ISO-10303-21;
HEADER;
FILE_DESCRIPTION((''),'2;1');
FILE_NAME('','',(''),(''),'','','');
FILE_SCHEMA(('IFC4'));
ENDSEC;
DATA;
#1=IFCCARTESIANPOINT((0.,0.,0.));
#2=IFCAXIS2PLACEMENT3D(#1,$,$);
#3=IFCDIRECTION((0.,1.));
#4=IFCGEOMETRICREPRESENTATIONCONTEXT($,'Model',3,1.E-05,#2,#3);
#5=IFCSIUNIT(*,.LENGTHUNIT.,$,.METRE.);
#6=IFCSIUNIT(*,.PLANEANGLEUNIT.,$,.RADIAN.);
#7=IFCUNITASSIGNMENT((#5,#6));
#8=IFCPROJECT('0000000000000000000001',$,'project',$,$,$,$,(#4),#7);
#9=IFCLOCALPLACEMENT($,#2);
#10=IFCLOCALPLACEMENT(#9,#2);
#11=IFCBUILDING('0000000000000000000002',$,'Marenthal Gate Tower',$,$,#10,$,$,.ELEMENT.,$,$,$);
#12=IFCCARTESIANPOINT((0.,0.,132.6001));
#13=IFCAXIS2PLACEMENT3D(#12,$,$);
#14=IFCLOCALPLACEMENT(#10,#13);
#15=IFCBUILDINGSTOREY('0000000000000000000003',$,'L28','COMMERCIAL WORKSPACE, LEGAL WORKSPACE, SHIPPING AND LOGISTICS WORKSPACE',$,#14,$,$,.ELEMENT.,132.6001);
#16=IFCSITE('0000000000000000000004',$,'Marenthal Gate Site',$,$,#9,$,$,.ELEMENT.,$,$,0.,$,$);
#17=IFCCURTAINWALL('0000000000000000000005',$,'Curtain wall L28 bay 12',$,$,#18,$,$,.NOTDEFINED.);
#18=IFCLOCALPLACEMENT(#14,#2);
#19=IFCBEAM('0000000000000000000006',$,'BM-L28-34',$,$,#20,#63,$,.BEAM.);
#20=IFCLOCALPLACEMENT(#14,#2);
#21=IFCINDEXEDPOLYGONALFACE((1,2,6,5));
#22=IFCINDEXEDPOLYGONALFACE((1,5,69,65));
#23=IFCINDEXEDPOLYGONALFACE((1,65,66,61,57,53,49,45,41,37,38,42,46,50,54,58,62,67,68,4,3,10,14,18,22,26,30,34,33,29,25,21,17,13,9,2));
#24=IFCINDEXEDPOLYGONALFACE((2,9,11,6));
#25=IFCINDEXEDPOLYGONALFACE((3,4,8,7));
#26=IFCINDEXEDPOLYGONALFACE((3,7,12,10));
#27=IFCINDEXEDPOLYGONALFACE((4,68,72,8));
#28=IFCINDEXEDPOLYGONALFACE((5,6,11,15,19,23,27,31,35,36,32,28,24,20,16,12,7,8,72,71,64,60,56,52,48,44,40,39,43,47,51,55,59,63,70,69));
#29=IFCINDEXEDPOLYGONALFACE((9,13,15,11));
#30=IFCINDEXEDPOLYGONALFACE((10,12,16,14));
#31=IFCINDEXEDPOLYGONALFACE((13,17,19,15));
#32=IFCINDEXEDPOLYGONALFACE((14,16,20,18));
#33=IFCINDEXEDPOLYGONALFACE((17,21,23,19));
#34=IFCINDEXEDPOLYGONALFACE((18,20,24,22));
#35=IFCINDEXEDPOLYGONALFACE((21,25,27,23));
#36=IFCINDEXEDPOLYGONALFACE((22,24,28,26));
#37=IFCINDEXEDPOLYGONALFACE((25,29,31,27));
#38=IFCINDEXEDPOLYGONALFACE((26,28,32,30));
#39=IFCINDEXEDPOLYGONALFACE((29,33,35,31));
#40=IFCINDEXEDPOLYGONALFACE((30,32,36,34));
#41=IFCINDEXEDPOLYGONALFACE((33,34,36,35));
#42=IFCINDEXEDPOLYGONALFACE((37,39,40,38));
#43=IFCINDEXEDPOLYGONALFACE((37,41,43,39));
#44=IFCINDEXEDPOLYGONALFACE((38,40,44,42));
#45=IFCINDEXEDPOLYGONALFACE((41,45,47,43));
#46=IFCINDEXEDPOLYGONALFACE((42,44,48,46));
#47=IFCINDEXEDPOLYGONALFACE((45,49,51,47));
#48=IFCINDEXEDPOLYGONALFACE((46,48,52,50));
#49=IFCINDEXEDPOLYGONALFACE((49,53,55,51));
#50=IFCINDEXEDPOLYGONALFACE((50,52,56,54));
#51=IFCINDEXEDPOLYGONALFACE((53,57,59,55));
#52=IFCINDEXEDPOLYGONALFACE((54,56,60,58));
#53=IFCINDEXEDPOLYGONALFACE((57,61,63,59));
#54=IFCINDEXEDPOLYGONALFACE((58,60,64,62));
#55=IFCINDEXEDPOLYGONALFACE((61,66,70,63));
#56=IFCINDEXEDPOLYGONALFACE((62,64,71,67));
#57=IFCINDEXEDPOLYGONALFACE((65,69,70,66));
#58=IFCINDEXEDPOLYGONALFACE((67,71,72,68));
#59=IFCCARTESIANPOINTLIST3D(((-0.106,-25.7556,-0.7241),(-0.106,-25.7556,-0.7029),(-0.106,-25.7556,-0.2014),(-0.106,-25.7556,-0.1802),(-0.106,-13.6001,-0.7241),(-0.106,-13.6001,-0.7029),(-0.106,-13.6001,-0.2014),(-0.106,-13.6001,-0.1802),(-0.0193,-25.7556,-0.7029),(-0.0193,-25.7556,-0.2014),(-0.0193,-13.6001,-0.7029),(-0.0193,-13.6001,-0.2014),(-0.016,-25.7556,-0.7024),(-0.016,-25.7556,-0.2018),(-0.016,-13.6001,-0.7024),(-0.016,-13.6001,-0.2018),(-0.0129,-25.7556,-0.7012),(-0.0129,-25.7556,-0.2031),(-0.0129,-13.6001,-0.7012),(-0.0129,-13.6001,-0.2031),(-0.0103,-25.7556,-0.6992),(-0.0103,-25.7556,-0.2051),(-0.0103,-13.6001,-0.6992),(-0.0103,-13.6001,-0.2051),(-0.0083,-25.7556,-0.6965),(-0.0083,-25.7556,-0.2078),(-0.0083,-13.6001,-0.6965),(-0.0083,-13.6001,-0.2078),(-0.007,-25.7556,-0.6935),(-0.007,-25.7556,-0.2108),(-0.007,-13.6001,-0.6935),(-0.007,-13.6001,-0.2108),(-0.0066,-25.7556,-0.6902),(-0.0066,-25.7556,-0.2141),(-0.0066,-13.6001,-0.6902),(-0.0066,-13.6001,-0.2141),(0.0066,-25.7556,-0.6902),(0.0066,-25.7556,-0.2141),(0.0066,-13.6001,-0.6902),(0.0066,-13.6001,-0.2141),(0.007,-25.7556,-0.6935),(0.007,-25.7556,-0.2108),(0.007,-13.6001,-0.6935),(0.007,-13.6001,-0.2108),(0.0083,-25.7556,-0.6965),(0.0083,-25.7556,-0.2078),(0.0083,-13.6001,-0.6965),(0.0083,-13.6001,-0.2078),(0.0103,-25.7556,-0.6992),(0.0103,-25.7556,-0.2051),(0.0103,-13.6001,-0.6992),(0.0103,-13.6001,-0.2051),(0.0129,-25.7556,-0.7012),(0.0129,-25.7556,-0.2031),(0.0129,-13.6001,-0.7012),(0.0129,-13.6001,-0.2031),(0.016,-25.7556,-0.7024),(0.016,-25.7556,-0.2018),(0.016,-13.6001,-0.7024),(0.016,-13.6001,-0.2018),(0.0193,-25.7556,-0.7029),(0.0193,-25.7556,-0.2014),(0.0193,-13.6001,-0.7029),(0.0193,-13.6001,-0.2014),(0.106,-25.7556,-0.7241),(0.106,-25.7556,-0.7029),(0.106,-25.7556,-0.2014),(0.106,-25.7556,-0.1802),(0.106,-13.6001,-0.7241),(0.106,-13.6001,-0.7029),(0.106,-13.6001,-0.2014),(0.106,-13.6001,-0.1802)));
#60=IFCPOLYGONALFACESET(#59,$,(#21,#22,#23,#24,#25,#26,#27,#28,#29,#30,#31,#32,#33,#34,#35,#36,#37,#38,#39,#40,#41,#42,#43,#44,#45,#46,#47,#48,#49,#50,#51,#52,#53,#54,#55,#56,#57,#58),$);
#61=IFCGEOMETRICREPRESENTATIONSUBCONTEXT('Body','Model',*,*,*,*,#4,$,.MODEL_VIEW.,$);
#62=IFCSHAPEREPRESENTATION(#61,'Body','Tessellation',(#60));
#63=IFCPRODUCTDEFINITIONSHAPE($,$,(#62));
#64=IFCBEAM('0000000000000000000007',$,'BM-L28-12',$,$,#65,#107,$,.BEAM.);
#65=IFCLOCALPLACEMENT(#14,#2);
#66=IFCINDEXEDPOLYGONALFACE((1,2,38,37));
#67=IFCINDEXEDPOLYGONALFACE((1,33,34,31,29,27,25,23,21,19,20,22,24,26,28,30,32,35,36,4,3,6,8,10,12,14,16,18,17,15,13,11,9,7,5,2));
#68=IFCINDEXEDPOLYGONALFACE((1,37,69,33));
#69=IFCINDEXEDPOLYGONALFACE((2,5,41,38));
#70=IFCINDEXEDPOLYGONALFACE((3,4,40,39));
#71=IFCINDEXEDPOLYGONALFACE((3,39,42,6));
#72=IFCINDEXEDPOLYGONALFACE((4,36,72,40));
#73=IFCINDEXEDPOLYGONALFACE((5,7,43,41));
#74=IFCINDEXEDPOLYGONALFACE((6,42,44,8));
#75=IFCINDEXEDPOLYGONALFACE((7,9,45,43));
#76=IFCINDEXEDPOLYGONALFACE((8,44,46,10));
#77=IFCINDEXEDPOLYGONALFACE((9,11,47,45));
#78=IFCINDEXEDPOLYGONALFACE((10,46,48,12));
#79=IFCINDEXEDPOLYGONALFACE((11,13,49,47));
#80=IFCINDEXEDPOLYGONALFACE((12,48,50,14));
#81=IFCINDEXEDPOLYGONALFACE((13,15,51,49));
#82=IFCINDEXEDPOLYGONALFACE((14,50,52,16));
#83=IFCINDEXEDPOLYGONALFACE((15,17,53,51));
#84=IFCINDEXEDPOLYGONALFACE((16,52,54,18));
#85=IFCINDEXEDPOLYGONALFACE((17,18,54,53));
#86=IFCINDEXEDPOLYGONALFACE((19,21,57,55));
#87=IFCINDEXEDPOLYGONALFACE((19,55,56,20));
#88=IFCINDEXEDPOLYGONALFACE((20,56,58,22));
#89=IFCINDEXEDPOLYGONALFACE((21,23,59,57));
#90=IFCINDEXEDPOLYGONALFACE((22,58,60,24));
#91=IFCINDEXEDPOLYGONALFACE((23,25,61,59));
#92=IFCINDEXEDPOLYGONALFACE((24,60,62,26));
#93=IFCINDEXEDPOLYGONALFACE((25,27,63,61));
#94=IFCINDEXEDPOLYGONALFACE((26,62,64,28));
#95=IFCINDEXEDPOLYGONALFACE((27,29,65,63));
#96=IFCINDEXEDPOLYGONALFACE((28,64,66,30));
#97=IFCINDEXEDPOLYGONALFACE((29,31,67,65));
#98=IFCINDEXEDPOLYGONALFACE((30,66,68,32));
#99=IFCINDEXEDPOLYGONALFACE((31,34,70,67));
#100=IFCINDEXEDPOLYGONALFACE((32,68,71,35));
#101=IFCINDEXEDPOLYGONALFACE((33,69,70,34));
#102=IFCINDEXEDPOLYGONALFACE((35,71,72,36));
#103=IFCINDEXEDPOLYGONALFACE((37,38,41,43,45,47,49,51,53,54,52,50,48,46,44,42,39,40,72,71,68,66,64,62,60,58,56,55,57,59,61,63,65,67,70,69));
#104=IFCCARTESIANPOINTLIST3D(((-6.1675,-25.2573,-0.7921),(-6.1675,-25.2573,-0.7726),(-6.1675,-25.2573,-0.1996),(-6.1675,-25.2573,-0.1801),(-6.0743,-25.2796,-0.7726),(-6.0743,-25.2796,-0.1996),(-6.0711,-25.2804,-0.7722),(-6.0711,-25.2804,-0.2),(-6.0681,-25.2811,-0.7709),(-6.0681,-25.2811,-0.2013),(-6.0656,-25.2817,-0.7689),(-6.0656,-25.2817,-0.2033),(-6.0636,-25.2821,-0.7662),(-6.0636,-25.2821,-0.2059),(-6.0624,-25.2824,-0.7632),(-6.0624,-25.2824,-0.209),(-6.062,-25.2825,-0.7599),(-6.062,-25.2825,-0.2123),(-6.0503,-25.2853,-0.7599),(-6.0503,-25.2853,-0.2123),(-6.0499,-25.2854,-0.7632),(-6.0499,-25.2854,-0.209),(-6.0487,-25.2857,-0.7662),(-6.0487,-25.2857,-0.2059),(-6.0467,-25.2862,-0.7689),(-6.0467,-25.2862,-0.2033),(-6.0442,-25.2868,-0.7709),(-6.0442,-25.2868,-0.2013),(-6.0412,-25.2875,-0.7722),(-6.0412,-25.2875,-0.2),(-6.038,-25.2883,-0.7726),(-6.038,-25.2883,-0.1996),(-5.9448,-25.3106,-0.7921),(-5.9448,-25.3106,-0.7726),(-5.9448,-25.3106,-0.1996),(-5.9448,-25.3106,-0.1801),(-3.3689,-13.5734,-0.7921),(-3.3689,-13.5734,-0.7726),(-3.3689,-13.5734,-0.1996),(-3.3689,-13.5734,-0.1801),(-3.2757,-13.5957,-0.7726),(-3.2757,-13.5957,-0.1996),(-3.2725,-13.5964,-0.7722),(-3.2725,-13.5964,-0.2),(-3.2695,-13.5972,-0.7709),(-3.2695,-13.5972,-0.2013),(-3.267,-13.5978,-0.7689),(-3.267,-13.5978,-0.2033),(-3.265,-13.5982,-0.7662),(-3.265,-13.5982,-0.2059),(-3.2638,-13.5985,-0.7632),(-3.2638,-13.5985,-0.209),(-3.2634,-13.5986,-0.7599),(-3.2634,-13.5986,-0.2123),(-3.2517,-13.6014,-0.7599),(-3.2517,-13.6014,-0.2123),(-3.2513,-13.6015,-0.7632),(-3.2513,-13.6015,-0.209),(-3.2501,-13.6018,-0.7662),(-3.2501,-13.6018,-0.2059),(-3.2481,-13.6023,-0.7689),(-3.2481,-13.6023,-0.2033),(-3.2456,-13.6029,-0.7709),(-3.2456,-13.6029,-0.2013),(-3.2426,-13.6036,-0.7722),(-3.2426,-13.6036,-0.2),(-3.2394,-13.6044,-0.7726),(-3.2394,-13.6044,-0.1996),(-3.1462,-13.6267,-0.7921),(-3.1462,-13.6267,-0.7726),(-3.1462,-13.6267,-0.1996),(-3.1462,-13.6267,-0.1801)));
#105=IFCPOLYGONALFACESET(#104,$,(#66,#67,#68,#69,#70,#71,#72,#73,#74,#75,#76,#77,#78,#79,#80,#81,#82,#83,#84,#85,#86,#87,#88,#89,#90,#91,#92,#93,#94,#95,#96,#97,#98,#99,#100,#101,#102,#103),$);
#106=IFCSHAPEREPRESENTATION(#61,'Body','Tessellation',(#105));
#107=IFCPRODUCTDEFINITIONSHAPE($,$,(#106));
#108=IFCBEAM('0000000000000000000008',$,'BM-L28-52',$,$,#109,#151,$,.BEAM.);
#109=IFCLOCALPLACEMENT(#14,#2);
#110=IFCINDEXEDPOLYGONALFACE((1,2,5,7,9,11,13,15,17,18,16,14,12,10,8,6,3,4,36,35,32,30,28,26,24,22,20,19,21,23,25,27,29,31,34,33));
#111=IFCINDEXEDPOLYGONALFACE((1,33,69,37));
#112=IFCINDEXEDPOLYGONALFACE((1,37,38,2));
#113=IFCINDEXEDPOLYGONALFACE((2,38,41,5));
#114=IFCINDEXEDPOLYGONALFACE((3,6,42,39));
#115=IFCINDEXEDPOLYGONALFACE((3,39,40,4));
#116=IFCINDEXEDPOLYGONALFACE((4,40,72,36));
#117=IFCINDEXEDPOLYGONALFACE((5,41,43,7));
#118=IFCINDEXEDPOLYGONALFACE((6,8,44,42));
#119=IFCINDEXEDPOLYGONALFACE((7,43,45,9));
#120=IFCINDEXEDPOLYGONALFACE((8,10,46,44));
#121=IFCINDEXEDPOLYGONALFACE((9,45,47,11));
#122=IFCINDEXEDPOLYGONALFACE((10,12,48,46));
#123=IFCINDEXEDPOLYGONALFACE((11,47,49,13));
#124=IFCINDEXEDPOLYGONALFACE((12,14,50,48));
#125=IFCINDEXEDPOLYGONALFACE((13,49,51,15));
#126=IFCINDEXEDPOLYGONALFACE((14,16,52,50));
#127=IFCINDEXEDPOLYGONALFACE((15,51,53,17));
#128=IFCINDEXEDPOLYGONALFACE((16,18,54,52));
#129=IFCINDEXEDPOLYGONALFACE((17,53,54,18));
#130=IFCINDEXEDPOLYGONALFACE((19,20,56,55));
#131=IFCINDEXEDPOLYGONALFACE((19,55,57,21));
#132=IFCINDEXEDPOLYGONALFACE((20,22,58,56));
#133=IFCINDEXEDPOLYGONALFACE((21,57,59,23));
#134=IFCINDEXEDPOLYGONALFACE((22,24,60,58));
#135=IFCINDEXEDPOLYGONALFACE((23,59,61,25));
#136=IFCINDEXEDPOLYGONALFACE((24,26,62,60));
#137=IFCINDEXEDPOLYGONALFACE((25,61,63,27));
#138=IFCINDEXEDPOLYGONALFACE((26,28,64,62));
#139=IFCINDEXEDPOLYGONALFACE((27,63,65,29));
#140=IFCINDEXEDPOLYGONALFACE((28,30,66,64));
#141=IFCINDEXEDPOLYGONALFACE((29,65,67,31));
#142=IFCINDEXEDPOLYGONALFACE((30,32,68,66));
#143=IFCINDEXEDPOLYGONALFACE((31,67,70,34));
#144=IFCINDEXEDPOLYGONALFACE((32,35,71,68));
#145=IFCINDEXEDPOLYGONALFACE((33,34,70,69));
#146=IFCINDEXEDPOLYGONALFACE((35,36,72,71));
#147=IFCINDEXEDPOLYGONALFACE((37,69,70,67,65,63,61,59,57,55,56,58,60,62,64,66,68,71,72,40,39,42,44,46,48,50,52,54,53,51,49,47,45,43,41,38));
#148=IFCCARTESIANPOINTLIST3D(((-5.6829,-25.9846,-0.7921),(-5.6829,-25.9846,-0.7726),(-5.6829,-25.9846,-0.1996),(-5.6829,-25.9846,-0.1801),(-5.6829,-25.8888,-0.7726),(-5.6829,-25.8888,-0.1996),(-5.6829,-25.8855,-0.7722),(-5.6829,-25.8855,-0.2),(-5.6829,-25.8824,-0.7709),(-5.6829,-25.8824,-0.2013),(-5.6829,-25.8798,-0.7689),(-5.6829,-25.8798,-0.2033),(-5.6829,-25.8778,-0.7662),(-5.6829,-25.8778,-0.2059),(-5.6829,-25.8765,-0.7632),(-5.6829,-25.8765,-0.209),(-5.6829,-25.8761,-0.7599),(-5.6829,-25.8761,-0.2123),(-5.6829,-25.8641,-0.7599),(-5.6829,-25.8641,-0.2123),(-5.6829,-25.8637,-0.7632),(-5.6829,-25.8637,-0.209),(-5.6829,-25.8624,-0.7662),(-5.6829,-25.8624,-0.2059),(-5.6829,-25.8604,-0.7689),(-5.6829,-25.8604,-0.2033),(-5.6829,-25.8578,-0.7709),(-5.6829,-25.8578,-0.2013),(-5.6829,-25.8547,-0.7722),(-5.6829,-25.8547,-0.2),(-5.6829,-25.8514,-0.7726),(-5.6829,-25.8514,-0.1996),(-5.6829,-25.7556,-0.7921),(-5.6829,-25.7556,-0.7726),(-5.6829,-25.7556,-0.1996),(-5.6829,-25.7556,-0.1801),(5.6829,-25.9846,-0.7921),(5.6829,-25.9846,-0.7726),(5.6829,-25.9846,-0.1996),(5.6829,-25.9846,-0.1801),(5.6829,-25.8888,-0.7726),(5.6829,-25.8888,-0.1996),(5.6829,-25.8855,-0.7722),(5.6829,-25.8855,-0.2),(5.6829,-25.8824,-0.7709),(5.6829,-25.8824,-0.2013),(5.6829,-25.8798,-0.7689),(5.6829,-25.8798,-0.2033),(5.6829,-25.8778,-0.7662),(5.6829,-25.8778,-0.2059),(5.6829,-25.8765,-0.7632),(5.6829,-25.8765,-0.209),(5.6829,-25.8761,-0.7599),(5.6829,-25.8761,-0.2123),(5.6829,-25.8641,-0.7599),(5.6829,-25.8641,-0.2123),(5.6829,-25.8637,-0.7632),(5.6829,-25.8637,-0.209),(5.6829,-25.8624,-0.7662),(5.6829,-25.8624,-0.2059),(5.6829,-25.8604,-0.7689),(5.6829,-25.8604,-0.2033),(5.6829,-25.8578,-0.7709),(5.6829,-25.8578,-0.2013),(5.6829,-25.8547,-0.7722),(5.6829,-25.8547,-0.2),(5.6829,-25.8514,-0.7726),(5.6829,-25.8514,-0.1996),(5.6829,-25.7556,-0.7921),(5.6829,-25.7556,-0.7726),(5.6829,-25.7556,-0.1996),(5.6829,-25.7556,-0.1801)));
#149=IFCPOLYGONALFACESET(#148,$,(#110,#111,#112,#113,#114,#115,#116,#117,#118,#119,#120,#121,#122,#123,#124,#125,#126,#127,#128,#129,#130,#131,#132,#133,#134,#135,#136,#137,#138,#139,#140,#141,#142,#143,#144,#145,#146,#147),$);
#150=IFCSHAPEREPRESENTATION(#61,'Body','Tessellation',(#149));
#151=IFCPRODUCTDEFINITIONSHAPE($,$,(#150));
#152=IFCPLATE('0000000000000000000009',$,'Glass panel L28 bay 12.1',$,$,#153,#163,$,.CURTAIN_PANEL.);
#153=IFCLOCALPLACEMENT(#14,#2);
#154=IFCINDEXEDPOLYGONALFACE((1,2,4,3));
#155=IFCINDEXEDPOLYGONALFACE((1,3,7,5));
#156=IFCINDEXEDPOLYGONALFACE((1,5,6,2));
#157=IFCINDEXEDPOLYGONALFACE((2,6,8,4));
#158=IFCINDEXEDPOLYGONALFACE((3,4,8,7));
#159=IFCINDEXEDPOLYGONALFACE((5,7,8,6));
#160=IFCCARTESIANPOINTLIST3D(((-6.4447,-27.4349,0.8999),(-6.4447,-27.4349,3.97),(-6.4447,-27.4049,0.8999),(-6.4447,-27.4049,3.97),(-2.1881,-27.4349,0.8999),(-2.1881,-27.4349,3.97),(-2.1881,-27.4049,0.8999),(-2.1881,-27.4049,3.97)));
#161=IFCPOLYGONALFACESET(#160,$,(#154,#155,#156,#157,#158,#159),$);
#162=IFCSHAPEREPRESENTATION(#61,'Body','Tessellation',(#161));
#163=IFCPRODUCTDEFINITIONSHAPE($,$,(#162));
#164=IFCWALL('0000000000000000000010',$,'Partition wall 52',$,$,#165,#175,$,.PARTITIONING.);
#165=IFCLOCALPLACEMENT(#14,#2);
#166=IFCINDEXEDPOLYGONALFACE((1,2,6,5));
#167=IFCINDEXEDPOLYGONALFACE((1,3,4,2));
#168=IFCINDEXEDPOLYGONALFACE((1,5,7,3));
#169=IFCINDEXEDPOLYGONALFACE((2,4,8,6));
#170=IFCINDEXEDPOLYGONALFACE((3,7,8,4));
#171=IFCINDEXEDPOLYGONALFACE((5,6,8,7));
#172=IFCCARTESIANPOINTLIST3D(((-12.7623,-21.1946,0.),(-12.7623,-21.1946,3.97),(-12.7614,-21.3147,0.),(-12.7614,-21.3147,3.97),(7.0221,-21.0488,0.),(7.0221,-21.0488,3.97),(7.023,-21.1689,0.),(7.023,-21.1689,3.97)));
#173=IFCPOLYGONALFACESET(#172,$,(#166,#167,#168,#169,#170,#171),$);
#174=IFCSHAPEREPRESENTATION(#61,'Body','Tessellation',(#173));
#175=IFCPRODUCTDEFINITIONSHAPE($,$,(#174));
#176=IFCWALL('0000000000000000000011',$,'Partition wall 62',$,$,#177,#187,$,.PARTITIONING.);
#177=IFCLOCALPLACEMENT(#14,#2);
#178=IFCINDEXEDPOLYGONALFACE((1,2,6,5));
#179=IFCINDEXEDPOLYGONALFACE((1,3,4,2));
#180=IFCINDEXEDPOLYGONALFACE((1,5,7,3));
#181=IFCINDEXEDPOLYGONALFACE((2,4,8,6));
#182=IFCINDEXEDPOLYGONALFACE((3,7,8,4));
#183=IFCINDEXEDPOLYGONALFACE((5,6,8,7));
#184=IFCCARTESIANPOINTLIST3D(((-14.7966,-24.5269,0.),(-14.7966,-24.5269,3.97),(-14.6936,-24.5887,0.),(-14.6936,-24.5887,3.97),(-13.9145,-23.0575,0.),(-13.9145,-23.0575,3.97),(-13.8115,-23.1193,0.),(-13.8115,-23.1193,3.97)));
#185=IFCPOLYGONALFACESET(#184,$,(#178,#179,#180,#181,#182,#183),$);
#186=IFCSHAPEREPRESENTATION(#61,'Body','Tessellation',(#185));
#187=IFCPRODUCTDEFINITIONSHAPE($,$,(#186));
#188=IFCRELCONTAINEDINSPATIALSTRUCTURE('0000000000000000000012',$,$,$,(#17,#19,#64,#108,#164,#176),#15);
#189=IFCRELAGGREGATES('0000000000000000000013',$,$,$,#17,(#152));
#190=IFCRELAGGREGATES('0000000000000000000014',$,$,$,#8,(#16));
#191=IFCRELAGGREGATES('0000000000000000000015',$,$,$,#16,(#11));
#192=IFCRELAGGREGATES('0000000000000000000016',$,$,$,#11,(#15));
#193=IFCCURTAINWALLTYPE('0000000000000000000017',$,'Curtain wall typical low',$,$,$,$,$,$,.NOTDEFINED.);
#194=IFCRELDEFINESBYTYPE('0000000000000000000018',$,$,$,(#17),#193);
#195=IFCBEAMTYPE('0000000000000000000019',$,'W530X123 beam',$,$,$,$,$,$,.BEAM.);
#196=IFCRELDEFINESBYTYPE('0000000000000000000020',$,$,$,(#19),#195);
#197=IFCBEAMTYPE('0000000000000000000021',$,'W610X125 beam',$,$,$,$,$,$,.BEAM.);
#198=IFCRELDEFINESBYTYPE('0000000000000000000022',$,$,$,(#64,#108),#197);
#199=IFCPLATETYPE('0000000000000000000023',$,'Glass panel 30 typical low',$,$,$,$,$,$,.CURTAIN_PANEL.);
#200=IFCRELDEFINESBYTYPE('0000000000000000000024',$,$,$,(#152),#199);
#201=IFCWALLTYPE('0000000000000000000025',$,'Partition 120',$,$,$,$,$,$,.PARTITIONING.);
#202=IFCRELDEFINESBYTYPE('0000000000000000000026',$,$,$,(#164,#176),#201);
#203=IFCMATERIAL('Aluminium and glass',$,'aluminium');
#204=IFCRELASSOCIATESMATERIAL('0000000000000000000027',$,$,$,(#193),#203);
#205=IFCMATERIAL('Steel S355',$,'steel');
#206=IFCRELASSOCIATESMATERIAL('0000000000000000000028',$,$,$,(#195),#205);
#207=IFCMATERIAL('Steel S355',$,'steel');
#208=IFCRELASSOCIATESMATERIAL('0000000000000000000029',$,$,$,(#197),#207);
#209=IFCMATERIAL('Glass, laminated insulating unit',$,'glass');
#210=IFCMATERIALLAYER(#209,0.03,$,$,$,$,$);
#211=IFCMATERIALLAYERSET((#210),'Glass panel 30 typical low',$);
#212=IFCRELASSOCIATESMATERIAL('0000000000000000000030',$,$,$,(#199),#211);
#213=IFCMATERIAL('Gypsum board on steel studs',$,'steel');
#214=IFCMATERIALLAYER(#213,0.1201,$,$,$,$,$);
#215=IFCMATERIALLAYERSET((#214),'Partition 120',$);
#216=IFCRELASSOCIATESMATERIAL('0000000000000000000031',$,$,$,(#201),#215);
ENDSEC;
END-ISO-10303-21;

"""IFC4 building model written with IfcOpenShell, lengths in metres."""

from ifc_helpers import new_model, si_unit, direction, frame, frame_2d, origin, origin_2d, place, context, subcontext, project, spatial, rectangle, i_section, extrude, material, layer, layer_set, material_profile, profile_set, type_object, element, aggregate, save


model = new_model("IFC4")

# Units and contexts
model_context = context("Model", 3, precision=1e-05, world=origin(), true_north=direction((0.0, 1.0)))
body_context = subcontext(model_context, "Body", "Model", "MODEL_VIEW")
ifc_project = project(units=[si_unit("LENGTHUNIT", "METRE"), si_unit("PLANEANGLEUNIT", "RADIAN")], contexts=[model_context])

# Site, building, storey
site_placement = place(None, origin())
site = spatial("IfcSite", under=ifc_project, at=site_placement, Name="Marenthal Gate Site", CompositionType="ELEMENT", RefElevation=0.0)
building_placement = place(site_placement, origin())
building = spatial("IfcBuilding", under=site, at=building_placement, Name="Marenthal Gate Tower", CompositionType="ELEMENT")
storey_placement = place(building_placement, frame((0.0, 0.0, 132.6001)))
storey = spatial("IfcBuildingStorey", under=building, at=storey_placement, Name="L28", Description="COMMERCIAL WORKSPACE, LEGAL WORKSPACE, SHIPPING AND LOGISTICS WORKSPACE", CompositionType="ELEMENT", Elevation=132.6001)

# Curtain wall
ifc_material_1 = material(Name="Aluminium and glass", Category="aluminium")
curtain_wall_type = type_object("IfcCurtainWallType", Name="Curtain wall typical low", PredefinedType="NOTDEFINED", material=ifc_material_1)
curtain_wall_placement = place(storey_placement, origin())
curtain_wall = element("IfcCurtainWall", 1, at=curtain_wall_placement, inside=storey, type_object=curtain_wall_type, Name="Curtain wall L28 bay 12", PredefinedType="NOTDEFINED")

# Beams
ifc_material_2 = material(Name="Steel S355", Category="steel")
ifc_material_profile_1 = material_profile(ifc_material_2, i_section(OverallWidth=0.2119, OverallDepth=0.5439, WebThickness=0.0132, FlangeThickness=0.0212, FilletRadius=0.0127, at=origin_2d()), Name="W530X123")
ifc_profile_set_1 = profile_set([ifc_material_profile_1], Name="Steel S355")
beam_type_1 = type_object("IfcBeamType", Name="W530X123 beam", PredefinedType="BEAM", material=ifc_profile_set_1)
beam_1_placement = place(storey_placement, frame((0.0, -25.7556, -0.4521), z_axis=(0.0, 1.0, 0.0), x_axis=(-1.0, 0.0, 0.0)))
element("IfcBeam", 2, at=beam_1_placement, inside=storey, type_object=beam_type_1, Name="BM-L28-34", PredefinedType="BEAM", context=body_context, shape_type="SweptSolid", body=[
    extrude(i_section(OverallWidth=0.2119, OverallDepth=0.5439, WebThickness=0.0132, FlangeThickness=0.0212, FilletRadius=0.0127, at=origin_2d()), origin(), (0.0, 0.0, 1.0), 12.1555),
])
ifc_material_3 = material(Name="Steel S355", Category="steel")
ifc_material_profile_2 = material_profile(ifc_material_3, i_section(OverallWidth=0.229, OverallDepth=0.6121, WebThickness=0.012, FlangeThickness=0.0195, FilletRadius=0.0127, at=origin_2d()), Name="W610X125")
ifc_profile_set_2 = profile_set([ifc_material_profile_2], Name="Steel S355")
beam_type_2 = type_object("IfcBeamType", Name="W610X125 beam", PredefinedType="BEAM", material=ifc_profile_set_2)
beam_2_placement = place(storey_placement, frame((-6.0562, -25.2839, -0.4861), z_axis=(0.232937, 0.972492, 0.0), x_axis=(-0.972492, 0.232937, 0.0)))
element("IfcBeam", 3, at=beam_2_placement, inside=storey, type_object=beam_type_2, Name="BM-L28-12", PredefinedType="BEAM", context=body_context, shape_type="SweptSolid", body=[
    extrude(i_section(OverallWidth=0.229, OverallDepth=0.6121, WebThickness=0.012, FlangeThickness=0.0195, FilletRadius=0.0127, at=origin_2d()), origin(), (0.0, 0.0, 1.0), 12.0144),
])
beam_3_placement = place(storey_placement, frame((-5.6829, -25.8701, -0.4861), z_axis=(1.0, 0.0, 0.0), x_axis=(0.0, 1.0, 0.0)))
element("IfcBeam", 4, at=beam_3_placement, inside=storey, type_object=beam_type_2, Name="BM-L28-52", PredefinedType="BEAM", context=body_context, shape_type="SweptSolid", body=[
    extrude(i_section(OverallWidth=0.229, OverallDepth=0.6121, WebThickness=0.012, FlangeThickness=0.0195, FilletRadius=0.0127, at=origin_2d()), origin(), (0.0, 0.0, 1.0), 11.3657),
])

# Plate
ifc_material_4 = material(Name="Glass, laminated insulating unit", Category="glass")
ifc_layer_1 = layer(ifc_material_4, 0.03)
ifc_layer_set_1 = layer_set([ifc_layer_1], Name="Glass panel 30 typical low")
plate_type = type_object("IfcPlateType", Name="Glass panel 30 typical low", PredefinedType="CURTAIN_PANEL", material=ifc_layer_set_1)
plate_placement = place(storey_placement, frame((-4.3164, -27.4199, 0.8999), z_axis=(0.0, 0.0, 1.0), x_axis=(1.0, 0.0, 0.0)))
plate = element("IfcPlate", 5, at=plate_placement, type_object=plate_type, Name="Glass panel L28 bay 12.1", PredefinedType="CURTAIN_PANEL", context=body_context, shape_type="SweptSolid", body=[
    extrude(rectangle(XDim=4.2566, YDim=0.03, at=origin_2d()), origin(), (0.0, 0.0, 1.0), 3.0701),
])
aggregate(curtain_wall, [plate])

# Walls
ifc_material_5 = material(Name="Gypsum board on steel studs", Category="steel")
ifc_layer_2 = layer(ifc_material_5, 0.1201)
ifc_layer_set_2 = layer_set([ifc_layer_2], Name="Partition 120")
wall_type = type_object("IfcWallType", Name="Partition 120", PredefinedType="PARTITIONING", material=ifc_layer_set_2)
wall_1_placement = place(storey_placement, frame((-12.762, -21.2546, 0.0), z_axis=(0.0, 0.0, 1.0), x_axis=(0.999973, 0.007367, 0.0)))
element("IfcWall", 6, at=wall_1_placement, inside=storey, type_object=wall_type, Name="Partition wall 52", PredefinedType="PARTITIONING", context=body_context, shape_type="SweptSolid", body=[
    extrude(rectangle(XDim=19.7849, YDim=0.1201, at=frame_2d((9.8926, 0.0))), origin(), (0.0, 0.0, 1.0), 3.97),
])
wall_2_placement = place(storey_placement, frame((-13.863, -23.0884, 0.0), z_axis=(0.0, 0.0, 1.0), x_axis=(-0.514663, -0.857392, 0.0)))
element("IfcWall", 7, at=wall_2_placement, inside=storey, type_object=wall_type, Name="Partition wall 62", PredefinedType="PARTITIONING", context=body_context, shape_type="SweptSolid", body=[
    extrude(rectangle(XDim=1.7139, YDim=0.1201, at=frame_2d((0.8569, 0.0))), origin(), (0.0, 0.0, 1.0), 3.97),
])

save(model, "model.ifc")
